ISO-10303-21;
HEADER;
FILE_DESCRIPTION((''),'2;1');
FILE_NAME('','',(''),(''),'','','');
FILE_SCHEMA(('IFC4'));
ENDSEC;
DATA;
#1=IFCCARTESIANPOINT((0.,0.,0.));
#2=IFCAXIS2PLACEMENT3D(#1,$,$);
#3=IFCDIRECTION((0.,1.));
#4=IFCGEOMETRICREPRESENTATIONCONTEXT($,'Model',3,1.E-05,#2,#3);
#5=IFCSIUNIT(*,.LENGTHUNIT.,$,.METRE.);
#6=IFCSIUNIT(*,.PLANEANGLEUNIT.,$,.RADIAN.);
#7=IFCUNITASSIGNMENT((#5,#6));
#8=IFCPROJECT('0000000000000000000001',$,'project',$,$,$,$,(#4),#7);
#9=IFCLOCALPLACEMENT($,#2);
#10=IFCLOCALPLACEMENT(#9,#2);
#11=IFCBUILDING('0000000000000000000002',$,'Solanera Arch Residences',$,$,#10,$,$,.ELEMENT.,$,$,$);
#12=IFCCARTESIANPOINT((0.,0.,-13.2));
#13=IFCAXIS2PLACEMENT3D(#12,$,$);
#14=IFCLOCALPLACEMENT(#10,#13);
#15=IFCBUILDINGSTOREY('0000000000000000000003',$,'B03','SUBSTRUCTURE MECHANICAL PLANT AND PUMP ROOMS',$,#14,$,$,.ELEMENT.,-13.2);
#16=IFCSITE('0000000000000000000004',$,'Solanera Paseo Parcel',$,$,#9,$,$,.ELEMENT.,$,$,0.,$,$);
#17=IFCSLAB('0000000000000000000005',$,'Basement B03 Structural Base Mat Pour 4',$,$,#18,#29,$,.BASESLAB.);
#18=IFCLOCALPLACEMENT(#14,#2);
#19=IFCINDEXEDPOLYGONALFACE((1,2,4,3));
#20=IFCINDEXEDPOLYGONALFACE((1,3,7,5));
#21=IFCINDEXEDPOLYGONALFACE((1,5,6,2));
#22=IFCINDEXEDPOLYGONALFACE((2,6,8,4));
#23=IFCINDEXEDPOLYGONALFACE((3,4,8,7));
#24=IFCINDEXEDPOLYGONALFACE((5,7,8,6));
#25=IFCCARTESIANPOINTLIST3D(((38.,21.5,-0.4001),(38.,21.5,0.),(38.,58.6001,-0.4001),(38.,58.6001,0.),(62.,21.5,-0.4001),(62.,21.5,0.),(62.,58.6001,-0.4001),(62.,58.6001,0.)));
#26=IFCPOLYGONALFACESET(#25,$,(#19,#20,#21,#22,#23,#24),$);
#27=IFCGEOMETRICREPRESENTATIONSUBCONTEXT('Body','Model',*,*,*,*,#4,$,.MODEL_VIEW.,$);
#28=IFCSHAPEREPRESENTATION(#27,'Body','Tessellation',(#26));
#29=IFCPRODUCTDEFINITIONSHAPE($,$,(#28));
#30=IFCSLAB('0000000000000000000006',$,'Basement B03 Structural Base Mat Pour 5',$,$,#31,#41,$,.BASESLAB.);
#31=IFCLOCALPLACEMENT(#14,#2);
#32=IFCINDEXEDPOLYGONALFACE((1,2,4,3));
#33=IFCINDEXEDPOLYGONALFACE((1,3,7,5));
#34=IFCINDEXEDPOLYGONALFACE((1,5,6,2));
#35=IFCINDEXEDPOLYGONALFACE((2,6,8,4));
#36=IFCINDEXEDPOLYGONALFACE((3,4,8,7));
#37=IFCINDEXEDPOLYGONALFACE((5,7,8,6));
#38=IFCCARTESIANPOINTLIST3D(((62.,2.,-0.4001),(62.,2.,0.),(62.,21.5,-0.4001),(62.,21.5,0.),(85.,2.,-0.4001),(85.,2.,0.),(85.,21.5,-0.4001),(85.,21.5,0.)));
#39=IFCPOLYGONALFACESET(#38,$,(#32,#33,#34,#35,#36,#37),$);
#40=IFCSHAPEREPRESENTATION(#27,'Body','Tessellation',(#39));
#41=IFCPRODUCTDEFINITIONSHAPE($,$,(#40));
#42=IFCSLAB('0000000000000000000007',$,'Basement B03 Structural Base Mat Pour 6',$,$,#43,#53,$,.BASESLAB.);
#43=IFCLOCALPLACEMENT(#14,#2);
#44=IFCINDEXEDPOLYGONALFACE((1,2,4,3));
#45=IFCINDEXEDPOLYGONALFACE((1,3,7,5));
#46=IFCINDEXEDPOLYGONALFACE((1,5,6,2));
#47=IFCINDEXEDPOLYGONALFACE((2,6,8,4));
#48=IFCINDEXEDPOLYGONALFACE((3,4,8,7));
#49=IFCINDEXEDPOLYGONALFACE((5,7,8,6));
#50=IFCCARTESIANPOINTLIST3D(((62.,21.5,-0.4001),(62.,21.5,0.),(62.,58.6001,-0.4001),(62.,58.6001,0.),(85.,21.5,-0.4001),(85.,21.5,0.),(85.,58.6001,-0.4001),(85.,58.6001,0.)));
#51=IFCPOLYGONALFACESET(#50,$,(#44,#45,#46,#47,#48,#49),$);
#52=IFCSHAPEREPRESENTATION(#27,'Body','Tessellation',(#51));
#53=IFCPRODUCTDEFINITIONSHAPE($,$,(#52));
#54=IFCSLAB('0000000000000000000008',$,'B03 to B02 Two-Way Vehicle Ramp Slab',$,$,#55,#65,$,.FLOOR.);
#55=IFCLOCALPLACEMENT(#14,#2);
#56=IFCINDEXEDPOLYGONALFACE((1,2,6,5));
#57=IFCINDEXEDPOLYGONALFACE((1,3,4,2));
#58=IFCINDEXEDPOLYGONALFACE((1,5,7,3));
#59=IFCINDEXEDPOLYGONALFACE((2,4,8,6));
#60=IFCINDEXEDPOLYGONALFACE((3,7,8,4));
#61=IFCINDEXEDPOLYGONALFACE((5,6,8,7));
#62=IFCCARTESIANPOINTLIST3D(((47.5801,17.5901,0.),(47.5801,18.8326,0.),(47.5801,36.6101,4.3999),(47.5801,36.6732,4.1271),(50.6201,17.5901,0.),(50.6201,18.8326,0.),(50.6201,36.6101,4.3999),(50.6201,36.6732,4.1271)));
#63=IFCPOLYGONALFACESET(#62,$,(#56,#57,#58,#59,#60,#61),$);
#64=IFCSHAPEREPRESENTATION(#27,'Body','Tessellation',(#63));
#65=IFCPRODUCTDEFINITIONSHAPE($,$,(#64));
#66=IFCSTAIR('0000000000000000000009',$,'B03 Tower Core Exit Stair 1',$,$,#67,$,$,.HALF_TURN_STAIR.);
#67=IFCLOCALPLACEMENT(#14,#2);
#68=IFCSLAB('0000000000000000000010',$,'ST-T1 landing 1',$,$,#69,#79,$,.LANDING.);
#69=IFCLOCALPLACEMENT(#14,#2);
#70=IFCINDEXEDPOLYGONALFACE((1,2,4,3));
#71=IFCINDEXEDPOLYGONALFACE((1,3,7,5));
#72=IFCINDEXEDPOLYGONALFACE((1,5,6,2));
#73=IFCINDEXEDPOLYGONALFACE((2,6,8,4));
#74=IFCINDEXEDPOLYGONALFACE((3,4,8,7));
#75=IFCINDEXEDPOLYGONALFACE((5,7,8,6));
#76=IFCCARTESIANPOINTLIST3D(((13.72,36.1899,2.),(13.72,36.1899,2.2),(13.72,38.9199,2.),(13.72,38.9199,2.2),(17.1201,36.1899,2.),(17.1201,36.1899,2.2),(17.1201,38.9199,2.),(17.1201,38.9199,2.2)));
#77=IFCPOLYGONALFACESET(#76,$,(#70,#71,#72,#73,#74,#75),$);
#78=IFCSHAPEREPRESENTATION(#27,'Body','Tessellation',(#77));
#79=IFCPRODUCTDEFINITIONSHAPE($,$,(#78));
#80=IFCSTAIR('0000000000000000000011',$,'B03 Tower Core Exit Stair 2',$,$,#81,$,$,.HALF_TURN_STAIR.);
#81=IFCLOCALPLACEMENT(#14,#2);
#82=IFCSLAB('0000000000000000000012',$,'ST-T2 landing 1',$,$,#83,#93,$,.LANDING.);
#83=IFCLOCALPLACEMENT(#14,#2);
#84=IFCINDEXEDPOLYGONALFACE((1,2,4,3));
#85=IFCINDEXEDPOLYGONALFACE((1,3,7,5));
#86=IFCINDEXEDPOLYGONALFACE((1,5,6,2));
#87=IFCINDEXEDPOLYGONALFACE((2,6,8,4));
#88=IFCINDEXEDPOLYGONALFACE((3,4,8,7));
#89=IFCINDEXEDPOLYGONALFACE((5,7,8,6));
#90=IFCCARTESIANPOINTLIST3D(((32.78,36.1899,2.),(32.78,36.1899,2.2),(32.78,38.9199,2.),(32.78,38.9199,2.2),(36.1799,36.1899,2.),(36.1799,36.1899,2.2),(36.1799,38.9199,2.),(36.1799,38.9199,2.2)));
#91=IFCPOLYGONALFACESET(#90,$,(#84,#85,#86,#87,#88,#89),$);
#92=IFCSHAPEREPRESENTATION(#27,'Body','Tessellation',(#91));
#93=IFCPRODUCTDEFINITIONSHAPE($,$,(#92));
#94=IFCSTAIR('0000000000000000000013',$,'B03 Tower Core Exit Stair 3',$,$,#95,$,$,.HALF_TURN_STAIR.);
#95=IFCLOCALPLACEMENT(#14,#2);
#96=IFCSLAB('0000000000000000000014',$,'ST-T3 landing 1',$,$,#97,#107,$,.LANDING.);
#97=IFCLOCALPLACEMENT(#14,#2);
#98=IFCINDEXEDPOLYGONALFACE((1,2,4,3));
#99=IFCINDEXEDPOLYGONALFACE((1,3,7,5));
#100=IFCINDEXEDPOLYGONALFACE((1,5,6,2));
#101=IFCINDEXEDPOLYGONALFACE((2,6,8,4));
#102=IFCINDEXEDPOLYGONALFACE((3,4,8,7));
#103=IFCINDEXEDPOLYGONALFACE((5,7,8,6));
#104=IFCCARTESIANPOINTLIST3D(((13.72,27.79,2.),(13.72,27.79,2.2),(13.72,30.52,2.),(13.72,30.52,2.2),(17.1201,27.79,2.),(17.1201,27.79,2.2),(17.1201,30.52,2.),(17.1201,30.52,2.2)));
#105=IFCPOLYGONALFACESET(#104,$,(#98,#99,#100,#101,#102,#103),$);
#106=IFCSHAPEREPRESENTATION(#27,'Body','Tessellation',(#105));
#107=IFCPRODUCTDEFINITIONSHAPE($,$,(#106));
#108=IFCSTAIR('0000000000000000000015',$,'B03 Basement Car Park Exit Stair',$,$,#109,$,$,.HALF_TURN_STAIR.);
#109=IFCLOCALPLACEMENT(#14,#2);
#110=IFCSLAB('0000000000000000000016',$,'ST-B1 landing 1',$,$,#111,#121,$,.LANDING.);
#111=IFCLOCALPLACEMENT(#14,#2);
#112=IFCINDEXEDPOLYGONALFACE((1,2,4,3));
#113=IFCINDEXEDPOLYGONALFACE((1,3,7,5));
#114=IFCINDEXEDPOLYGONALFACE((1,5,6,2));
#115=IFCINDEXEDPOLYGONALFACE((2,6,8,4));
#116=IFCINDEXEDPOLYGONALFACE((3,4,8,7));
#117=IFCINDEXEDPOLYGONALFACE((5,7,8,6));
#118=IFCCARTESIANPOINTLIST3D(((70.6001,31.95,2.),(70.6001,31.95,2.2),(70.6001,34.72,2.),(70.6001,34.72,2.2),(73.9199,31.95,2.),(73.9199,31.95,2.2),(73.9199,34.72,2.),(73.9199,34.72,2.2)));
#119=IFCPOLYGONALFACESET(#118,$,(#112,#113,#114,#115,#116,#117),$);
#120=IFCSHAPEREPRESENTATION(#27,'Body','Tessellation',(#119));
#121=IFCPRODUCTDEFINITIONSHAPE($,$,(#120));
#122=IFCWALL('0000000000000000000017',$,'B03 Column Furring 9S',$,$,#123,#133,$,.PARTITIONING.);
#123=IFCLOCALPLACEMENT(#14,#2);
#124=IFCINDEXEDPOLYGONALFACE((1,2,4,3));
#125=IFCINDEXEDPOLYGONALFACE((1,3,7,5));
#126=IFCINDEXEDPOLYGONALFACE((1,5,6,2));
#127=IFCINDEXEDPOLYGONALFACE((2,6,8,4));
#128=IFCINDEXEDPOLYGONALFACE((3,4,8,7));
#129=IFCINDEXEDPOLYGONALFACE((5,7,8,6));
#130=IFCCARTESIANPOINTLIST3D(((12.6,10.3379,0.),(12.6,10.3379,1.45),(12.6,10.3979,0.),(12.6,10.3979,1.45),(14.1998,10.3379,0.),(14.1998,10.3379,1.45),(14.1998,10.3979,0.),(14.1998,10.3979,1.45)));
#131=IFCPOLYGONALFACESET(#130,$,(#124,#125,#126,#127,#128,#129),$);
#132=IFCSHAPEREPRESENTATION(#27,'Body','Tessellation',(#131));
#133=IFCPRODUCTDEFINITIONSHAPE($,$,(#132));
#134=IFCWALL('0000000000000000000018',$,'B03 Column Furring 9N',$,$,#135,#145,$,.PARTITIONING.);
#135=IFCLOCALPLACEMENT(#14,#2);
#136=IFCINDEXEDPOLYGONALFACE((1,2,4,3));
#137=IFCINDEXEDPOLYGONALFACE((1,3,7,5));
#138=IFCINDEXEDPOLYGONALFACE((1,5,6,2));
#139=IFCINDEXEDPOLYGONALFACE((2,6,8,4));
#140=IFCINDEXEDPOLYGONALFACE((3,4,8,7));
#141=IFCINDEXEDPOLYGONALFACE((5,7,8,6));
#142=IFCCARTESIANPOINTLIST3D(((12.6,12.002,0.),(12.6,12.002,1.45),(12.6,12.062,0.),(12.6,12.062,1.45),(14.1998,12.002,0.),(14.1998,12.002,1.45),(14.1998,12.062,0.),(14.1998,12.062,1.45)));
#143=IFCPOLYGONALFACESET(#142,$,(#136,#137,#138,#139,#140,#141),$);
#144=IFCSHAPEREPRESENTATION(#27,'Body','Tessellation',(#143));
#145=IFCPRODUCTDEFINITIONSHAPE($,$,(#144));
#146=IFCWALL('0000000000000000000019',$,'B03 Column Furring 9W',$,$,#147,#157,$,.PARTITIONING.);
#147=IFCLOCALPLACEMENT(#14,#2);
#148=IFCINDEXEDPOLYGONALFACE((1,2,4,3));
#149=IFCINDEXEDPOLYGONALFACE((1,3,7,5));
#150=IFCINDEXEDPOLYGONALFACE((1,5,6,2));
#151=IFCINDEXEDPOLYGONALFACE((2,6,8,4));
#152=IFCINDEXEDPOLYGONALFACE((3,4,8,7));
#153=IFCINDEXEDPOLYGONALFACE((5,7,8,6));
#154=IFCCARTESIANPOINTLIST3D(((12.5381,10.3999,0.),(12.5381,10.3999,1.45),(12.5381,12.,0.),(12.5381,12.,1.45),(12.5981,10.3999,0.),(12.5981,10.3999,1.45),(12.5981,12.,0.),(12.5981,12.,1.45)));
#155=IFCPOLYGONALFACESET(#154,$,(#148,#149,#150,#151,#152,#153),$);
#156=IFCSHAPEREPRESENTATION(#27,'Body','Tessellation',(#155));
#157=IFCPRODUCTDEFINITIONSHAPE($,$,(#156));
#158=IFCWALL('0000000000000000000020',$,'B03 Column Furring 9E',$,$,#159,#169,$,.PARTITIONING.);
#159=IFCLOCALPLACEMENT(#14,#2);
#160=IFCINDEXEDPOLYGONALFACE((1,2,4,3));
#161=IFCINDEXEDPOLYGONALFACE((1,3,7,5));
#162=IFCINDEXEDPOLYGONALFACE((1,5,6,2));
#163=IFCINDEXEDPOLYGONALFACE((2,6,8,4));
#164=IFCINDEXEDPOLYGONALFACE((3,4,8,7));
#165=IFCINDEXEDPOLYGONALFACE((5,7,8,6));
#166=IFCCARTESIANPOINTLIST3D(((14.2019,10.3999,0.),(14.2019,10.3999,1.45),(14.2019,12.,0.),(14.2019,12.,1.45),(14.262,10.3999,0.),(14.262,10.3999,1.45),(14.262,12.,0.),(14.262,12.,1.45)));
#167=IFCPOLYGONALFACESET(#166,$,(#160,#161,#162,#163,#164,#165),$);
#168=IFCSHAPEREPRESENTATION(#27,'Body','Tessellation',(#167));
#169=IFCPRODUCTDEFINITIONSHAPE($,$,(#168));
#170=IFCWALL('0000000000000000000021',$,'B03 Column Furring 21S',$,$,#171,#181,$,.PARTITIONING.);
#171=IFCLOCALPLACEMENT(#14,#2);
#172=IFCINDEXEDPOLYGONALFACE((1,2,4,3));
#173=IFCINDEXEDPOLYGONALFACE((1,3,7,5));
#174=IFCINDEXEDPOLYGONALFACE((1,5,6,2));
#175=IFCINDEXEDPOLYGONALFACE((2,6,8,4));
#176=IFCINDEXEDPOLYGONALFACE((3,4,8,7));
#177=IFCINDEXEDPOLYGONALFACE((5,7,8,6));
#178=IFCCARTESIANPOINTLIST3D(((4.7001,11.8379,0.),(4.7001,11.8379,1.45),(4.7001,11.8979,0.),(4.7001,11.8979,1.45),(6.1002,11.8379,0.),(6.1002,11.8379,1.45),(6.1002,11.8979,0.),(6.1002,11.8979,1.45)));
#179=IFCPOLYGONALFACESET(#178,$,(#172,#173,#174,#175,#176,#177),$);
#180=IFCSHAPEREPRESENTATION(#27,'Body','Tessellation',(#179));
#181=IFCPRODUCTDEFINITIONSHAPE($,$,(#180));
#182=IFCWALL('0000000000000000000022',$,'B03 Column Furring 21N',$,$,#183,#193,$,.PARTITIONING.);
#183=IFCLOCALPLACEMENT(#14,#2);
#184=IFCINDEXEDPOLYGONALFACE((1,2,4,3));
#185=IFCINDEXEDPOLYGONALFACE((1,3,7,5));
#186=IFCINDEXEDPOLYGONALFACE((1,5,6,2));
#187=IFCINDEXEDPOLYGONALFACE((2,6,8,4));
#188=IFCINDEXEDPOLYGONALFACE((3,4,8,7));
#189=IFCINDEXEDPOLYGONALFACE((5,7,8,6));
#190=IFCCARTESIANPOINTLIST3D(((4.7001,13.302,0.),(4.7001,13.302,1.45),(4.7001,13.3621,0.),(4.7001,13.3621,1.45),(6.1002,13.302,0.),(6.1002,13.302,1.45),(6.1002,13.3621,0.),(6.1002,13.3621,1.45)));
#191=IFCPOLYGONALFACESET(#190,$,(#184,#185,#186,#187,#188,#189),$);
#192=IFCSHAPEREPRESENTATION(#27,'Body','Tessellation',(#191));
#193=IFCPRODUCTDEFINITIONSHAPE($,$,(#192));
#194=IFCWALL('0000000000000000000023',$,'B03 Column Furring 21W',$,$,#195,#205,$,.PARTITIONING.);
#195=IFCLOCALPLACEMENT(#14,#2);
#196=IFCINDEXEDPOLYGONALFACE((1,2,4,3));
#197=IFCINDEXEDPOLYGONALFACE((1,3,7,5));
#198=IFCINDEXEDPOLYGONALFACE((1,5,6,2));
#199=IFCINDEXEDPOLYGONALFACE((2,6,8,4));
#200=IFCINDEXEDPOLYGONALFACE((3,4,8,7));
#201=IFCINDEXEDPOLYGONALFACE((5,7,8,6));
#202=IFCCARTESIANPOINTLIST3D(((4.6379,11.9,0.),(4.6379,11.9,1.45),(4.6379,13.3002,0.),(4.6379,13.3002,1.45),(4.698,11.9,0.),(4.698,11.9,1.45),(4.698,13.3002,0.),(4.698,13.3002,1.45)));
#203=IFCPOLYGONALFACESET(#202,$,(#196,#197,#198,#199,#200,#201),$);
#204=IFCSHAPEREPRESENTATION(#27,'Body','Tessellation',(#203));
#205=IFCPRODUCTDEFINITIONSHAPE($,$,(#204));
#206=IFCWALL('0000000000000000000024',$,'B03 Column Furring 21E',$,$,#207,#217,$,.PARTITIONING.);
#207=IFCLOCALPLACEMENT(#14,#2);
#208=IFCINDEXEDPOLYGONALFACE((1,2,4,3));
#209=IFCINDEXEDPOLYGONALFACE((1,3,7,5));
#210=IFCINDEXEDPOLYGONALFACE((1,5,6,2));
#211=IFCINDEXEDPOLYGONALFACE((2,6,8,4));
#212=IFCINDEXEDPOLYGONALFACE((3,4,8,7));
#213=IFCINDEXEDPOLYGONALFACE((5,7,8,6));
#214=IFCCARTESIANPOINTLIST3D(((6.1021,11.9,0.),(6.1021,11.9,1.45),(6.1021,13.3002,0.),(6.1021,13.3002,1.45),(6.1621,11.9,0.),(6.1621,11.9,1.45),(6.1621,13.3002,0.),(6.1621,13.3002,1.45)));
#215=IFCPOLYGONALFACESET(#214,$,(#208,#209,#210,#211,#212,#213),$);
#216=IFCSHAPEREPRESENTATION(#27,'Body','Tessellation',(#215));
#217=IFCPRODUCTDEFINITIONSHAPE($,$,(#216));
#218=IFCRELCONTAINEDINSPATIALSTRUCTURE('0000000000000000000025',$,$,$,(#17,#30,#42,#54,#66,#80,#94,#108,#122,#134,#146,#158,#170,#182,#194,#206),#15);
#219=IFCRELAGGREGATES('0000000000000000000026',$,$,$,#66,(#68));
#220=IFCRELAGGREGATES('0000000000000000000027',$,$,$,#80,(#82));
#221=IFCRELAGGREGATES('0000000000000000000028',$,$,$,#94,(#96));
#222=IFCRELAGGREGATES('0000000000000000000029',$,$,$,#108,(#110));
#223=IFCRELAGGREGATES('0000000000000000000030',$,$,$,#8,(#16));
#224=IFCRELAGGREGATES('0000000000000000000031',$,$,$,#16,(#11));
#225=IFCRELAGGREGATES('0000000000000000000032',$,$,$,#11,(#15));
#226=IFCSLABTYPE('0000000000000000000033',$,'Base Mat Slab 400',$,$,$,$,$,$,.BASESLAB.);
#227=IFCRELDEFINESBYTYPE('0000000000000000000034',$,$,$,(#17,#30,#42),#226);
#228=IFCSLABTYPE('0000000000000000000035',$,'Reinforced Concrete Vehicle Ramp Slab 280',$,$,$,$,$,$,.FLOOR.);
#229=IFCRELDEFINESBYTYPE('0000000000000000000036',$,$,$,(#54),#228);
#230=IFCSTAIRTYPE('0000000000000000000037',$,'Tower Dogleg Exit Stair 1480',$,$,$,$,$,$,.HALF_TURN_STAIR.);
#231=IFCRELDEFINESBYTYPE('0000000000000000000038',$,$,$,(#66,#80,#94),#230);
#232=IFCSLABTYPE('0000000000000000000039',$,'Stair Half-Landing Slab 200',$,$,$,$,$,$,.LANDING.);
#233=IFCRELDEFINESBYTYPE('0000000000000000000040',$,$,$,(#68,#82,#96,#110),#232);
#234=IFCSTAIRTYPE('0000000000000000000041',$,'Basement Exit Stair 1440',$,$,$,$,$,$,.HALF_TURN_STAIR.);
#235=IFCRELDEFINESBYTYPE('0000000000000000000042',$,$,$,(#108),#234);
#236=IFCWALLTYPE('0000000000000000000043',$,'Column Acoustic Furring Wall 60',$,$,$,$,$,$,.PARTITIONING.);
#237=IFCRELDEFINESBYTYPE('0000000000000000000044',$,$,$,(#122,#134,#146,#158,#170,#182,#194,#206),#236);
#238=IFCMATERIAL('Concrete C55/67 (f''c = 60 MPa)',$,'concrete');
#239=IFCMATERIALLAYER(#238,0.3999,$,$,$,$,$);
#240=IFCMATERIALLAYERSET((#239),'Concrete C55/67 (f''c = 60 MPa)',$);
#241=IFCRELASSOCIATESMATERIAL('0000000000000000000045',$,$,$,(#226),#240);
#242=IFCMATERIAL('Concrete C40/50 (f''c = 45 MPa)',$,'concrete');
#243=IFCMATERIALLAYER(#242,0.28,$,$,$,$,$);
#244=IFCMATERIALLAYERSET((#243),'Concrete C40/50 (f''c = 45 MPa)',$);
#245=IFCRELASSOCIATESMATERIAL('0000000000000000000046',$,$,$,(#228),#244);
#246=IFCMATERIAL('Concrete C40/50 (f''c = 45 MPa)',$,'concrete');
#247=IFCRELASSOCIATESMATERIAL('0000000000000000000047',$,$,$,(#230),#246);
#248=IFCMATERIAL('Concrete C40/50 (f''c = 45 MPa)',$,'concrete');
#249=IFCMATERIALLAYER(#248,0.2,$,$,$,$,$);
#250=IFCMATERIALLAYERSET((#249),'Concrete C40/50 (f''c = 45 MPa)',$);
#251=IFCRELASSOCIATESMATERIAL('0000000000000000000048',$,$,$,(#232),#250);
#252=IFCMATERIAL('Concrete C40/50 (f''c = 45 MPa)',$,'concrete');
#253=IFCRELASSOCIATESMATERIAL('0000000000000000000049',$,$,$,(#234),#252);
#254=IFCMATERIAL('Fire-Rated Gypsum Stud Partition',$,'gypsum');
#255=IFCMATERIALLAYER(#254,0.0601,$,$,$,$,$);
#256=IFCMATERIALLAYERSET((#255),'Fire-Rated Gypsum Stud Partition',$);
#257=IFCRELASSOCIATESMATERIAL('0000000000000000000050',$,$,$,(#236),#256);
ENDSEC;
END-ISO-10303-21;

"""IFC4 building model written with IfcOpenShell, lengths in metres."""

from ifc_helpers import new_model, si_unit, direction, frame, frame_2d, origin, origin_with_axes, place, context, subcontext, project, spatial, polyline, rectangle, outline, extrude, clip, halfspace, material, layer, layer_set, type_object, element, aggregate, save


model = new_model("IFC4")

# Units and contexts
model_context = context("Model", 3, precision=1e-05, world=origin(), true_north=direction((0.0, 1.0)))
body_context = subcontext(model_context, "Body", "Model", "MODEL_VIEW")
ifc_project = project(units=[si_unit("LENGTHUNIT", "METRE"), si_unit("PLANEANGLEUNIT", "RADIAN")], contexts=[model_context])

# Site, building, storey
site_placement = place(None, origin())
site = spatial("IfcSite", under=ifc_project, at=site_placement, Name="Solanera Paseo Parcel", CompositionType="ELEMENT", RefElevation=0.0)
building_placement = place(site_placement, origin())
building = spatial("IfcBuilding", under=site, at=building_placement, Name="Solanera Arch Residences", CompositionType="ELEMENT")
storey_placement = place(building_placement, frame((0.0, 0.0, -13.2)))
storey = spatial("IfcBuildingStorey", under=building, at=storey_placement, Name="B03", Description="SUBSTRUCTURE MECHANICAL PLANT AND PUMP ROOMS", CompositionType="ELEMENT", Elevation=-13.2)

# Slabs
ifc_material_1 = material(Name="Concrete C55/67 (f'c = 60 MPa)", Category="concrete")
ifc_layer_1 = layer(ifc_material_1, 0.3999)
ifc_layer_set_1 = layer_set([ifc_layer_1], Name="Concrete C55/67 (f'c = 60 MPa)")
slab_type_1 = type_object("IfcSlabType", Name="Base Mat Slab 400", PredefinedType="BASESLAB", material=ifc_layer_set_1)
slab_1_placement = place(storey_placement, frame((0.0, 0.0, -0.4001)))
element("IfcSlab", 1, at=slab_1_placement, inside=storey, type_object=slab_type_1, Name="Basement B03 Structural Base Mat Pour 4", PredefinedType="BASESLAB", context=body_context, shape_type="SweptSolid", body=[
    extrude(outline(polyline([(38.0, 21.5), (62.0, 21.5), (62.0, 58.6001), (38.0, 58.6001), (38.0, 21.5)])), origin(), (0.0, 0.0, 1.0), 0.4001),
])
slab_2_placement = place(storey_placement, frame((0.0, 0.0, -0.4001)))
element("IfcSlab", 2, at=slab_2_placement, inside=storey, type_object=slab_type_1, Name="Basement B03 Structural Base Mat Pour 5", PredefinedType="BASESLAB", context=body_context, shape_type="SweptSolid", body=[
    extrude(outline(polyline([(62.0, 2.0), (85.0, 2.0), (85.0, 21.5), (62.0, 21.5), (62.0, 2.0)])), origin(), (0.0, 0.0, 1.0), 0.4001),
])
slab_3_placement = place(storey_placement, frame((0.0, 0.0, -0.4001)))
element("IfcSlab", 3, at=slab_3_placement, inside=storey, type_object=slab_type_1, Name="Basement B03 Structural Base Mat Pour 6", PredefinedType="BASESLAB", context=body_context, shape_type="SweptSolid", body=[
    extrude(outline(polyline([(62.0, 21.5), (85.0, 21.5), (85.0, 58.6001), (62.0, 58.6001), (62.0, 21.5)])), origin(), (0.0, 0.0, 1.0), 0.4001),
])
ifc_material_2 = material(Name="Concrete C40/50 (f'c = 45 MPa)", Category="concrete")
ifc_layer_2 = layer(ifc_material_2, 0.28)
ifc_layer_set_2 = layer_set([ifc_layer_2], Name="Concrete C40/50 (f'c = 45 MPa)")
slab_type_2 = type_object("IfcSlabType", Name="Reinforced Concrete Vehicle Ramp Slab 280", PredefinedType="FLOOR", material=ifc_layer_set_2)
slab_4_placement = place(storey_placement, origin())
element("IfcSlab", 4, at=slab_4_placement, inside=storey, type_object=slab_type_2, Name="B03 to B02 Two-Way Vehicle Ramp Slab", PredefinedType="FLOOR", context=body_context, shape_type="Clipping", body=[
    clip(extrude(outline(polyline([(0.0, 0.0), (3.04, 0.0), (3.04, 19.5223), (0.0, 19.5223), (0.0, 0.0)])), frame((47.5801, 17.5901, 0.0), z_axis=(0.0, -0.225378, 0.974271), x_axis=(1.0, 0.0, 0.0)), (0.0, 0.0, -1.0), 0.28), halfspace(origin_with_axes(), True)),
])

# Stairs, slabs
ifc_material_3 = material(Name="Concrete C40/50 (f'c = 45 MPa)", Category="concrete")
stair_type_1 = type_object("IfcStairType", Name="Tower Dogleg Exit Stair 1480", PredefinedType="HALF_TURN_STAIR", material=ifc_material_3)
stair_1_placement = place(storey_placement, origin())
stair_1 = element("IfcStair", 5, at=stair_1_placement, inside=storey, type_object=stair_type_1, Name="B03 Tower Core Exit Stair 1", PredefinedType="HALF_TURN_STAIR")
ifc_material_4 = material(Name="Concrete C40/50 (f'c = 45 MPa)", Category="concrete")
ifc_layer_3 = layer(ifc_material_4, 0.2)
ifc_layer_set_3 = layer_set([ifc_layer_3], Name="Concrete C40/50 (f'c = 45 MPa)")
slab_type_3 = type_object("IfcSlabType", Name="Stair Half-Landing Slab 200", PredefinedType="LANDING", material=ifc_layer_set_3)
slab_5_placement = place(storey_placement, frame((0.0, 0.0, 2.0)))
slab_5 = element("IfcSlab", 6, at=slab_5_placement, type_object=slab_type_3, Name="ST-T1 landing 1", PredefinedType="LANDING", context=body_context, shape_type="SweptSolid", body=[
    extrude(outline(polyline([(17.1201, 36.1899), (17.1201, 38.9199), (13.72, 38.9199), (13.72, 36.1899), (17.1201, 36.1899)])), origin(), (0.0, 0.0, 1.0), 0.2),
])
aggregate(stair_1, [slab_5])
stair_2_placement = place(storey_placement, origin())
stair_2 = element("IfcStair", 7, at=stair_2_placement, inside=storey, type_object=stair_type_1, Name="B03 Tower Core Exit Stair 2", PredefinedType="HALF_TURN_STAIR")
slab_6_placement = place(storey_placement, frame((0.0, 0.0, 2.0)))
slab_6 = element("IfcSlab", 8, at=slab_6_placement, type_object=slab_type_3, Name="ST-T2 landing 1", PredefinedType="LANDING", context=body_context, shape_type="SweptSolid", body=[
    extrude(outline(polyline([(36.1799, 36.1899), (36.1799, 38.9199), (32.78, 38.9199), (32.78, 36.1899), (36.1799, 36.1899)])), origin(), (0.0, 0.0, 1.0), 0.2),
])
aggregate(stair_2, [slab_6])
stair_3_placement = place(storey_placement, origin())
stair_3 = element("IfcStair", 9, at=stair_3_placement, inside=storey, type_object=stair_type_1, Name="B03 Tower Core Exit Stair 3", PredefinedType="HALF_TURN_STAIR")
slab_7_placement = place(storey_placement, frame((0.0, 0.0, 2.0)))
slab_7 = element("IfcSlab", 10, at=slab_7_placement, type_object=slab_type_3, Name="ST-T3 landing 1", PredefinedType="LANDING", context=body_context, shape_type="SweptSolid", body=[
    extrude(outline(polyline([(17.1201, 27.79), (17.1201, 30.52), (13.72, 30.52), (13.72, 27.79), (17.1201, 27.79)])), origin(), (0.0, 0.0, 1.0), 0.2),
])
aggregate(stair_3, [slab_7])
ifc_material_5 = material(Name="Concrete C40/50 (f'c = 45 MPa)", Category="concrete")
stair_type_2 = type_object("IfcStairType", Name="Basement Exit Stair 1440", PredefinedType="HALF_TURN_STAIR", material=ifc_material_5)
stair_4_placement = place(storey_placement, origin())
stair_4 = element("IfcStair", 11, at=stair_4_placement, inside=storey, type_object=stair_type_2, Name="B03 Basement Car Park Exit Stair", PredefinedType="HALF_TURN_STAIR")
slab_8_placement = place(storey_placement, frame((0.0, 0.0, 2.0)))
slab_8 = element("IfcSlab", 12, at=slab_8_placement, type_object=slab_type_3, Name="ST-B1 landing 1", PredefinedType="LANDING", context=body_context, shape_type="SweptSolid", body=[
    extrude(outline(polyline([(73.9199, 31.95), (73.9199, 34.72), (70.6001, 34.72), (70.6001, 31.95), (73.9199, 31.95)])), origin(), (0.0, 0.0, 1.0), 0.2),
])
aggregate(stair_4, [slab_8])

# Walls
ifc_material_6 = material(Name="Fire-Rated Gypsum Stud Partition", Category="gypsum")
ifc_layer_4 = layer(ifc_material_6, 0.0601)
ifc_layer_set_4 = layer_set([ifc_layer_4], Name="Fire-Rated Gypsum Stud Partition")
wall_type_1 = type_object("IfcWallType", Name="Column Acoustic Furring Wall 60", PredefinedType="PARTITIONING", material=ifc_layer_set_4)
for number, where, z_axis, x_axis, name in (
    (13, (12.6001, 10.3679, 0.0), (0.0, 0.0, 1.0), (1.0, 0.0, 0.0), "B03 Column Furring 9S"),
    (14, (12.6001, 12.032, 0.0), (0.0, 0.0, 1.0), (1.0, 0.0, 0.0), "B03 Column Furring 9N"),
):
    element("IfcWall", number, at=place(storey_placement, frame(where, z_axis=z_axis, x_axis=x_axis)), inside=storey, type_object=wall_type_1, Name=name, PredefinedType="PARTITIONING", context=body_context, shape_type="SweptSolid", body=[
        extrude(rectangle(XDim=1.5999, YDim=0.0601, at=frame_2d((0.7998, 0.0))), origin(), (0.0, 0.0, 1.0), 1.45),
    ])
for number, where, z_axis, x_axis, name in (
    (15, (12.5681, 10.3999, 0.0), (0.0, 0.0, 1.0), (0.0, 1.0, 0.0), "B03 Column Furring 9W"),
    (16, (14.2319, 10.3999, 0.0), (0.0, 0.0, 1.0), (0.0, 1.0, 0.0), "B03 Column Furring 9E"),
):
    element("IfcWall", number, at=place(storey_placement, frame(where, z_axis=z_axis, x_axis=x_axis)), inside=storey, type_object=wall_type_1, Name=name, PredefinedType="PARTITIONING", context=body_context, shape_type="SweptSolid", body=[
        extrude(rectangle(XDim=1.6001, YDim=0.0601, at=frame_2d((0.8, 0.0))), origin(), (0.0, 0.0, 1.0), 1.45),
    ])
for number, where, z_axis, x_axis, name in (
    (17, (4.7, 11.8679, 0.0), (0.0, 0.0, 1.0), (1.0, 0.0, 0.0), "B03 Column Furring 21S"),
    (18, (4.7, 13.332, 0.0), (0.0, 0.0, 1.0), (1.0, 0.0, 0.0), "B03 Column Furring 21N"),
    (19, (4.668, 11.8999, 0.0), (0.0, 0.0, 1.0), (0.0, 1.0, 0.0), "B03 Column Furring 21W"),
    (20, (6.1321, 11.8999, 0.0), (0.0, 0.0, 1.0), (0.0, 1.0, 0.0), "B03 Column Furring 21E"),
):
    element("IfcWall", number, at=place(storey_placement, frame(where, z_axis=z_axis, x_axis=x_axis)), inside=storey, type_object=wall_type_1, Name=name, PredefinedType="PARTITIONING", context=body_context, shape_type="SweptSolid", body=[
        extrude(rectangle(XDim=1.4001, YDim=0.0601, at=frame_2d((0.7002, 0.0))), origin(), (0.0, 0.0, 1.0), 1.45),
    ])

save(model, "model.ifc")
